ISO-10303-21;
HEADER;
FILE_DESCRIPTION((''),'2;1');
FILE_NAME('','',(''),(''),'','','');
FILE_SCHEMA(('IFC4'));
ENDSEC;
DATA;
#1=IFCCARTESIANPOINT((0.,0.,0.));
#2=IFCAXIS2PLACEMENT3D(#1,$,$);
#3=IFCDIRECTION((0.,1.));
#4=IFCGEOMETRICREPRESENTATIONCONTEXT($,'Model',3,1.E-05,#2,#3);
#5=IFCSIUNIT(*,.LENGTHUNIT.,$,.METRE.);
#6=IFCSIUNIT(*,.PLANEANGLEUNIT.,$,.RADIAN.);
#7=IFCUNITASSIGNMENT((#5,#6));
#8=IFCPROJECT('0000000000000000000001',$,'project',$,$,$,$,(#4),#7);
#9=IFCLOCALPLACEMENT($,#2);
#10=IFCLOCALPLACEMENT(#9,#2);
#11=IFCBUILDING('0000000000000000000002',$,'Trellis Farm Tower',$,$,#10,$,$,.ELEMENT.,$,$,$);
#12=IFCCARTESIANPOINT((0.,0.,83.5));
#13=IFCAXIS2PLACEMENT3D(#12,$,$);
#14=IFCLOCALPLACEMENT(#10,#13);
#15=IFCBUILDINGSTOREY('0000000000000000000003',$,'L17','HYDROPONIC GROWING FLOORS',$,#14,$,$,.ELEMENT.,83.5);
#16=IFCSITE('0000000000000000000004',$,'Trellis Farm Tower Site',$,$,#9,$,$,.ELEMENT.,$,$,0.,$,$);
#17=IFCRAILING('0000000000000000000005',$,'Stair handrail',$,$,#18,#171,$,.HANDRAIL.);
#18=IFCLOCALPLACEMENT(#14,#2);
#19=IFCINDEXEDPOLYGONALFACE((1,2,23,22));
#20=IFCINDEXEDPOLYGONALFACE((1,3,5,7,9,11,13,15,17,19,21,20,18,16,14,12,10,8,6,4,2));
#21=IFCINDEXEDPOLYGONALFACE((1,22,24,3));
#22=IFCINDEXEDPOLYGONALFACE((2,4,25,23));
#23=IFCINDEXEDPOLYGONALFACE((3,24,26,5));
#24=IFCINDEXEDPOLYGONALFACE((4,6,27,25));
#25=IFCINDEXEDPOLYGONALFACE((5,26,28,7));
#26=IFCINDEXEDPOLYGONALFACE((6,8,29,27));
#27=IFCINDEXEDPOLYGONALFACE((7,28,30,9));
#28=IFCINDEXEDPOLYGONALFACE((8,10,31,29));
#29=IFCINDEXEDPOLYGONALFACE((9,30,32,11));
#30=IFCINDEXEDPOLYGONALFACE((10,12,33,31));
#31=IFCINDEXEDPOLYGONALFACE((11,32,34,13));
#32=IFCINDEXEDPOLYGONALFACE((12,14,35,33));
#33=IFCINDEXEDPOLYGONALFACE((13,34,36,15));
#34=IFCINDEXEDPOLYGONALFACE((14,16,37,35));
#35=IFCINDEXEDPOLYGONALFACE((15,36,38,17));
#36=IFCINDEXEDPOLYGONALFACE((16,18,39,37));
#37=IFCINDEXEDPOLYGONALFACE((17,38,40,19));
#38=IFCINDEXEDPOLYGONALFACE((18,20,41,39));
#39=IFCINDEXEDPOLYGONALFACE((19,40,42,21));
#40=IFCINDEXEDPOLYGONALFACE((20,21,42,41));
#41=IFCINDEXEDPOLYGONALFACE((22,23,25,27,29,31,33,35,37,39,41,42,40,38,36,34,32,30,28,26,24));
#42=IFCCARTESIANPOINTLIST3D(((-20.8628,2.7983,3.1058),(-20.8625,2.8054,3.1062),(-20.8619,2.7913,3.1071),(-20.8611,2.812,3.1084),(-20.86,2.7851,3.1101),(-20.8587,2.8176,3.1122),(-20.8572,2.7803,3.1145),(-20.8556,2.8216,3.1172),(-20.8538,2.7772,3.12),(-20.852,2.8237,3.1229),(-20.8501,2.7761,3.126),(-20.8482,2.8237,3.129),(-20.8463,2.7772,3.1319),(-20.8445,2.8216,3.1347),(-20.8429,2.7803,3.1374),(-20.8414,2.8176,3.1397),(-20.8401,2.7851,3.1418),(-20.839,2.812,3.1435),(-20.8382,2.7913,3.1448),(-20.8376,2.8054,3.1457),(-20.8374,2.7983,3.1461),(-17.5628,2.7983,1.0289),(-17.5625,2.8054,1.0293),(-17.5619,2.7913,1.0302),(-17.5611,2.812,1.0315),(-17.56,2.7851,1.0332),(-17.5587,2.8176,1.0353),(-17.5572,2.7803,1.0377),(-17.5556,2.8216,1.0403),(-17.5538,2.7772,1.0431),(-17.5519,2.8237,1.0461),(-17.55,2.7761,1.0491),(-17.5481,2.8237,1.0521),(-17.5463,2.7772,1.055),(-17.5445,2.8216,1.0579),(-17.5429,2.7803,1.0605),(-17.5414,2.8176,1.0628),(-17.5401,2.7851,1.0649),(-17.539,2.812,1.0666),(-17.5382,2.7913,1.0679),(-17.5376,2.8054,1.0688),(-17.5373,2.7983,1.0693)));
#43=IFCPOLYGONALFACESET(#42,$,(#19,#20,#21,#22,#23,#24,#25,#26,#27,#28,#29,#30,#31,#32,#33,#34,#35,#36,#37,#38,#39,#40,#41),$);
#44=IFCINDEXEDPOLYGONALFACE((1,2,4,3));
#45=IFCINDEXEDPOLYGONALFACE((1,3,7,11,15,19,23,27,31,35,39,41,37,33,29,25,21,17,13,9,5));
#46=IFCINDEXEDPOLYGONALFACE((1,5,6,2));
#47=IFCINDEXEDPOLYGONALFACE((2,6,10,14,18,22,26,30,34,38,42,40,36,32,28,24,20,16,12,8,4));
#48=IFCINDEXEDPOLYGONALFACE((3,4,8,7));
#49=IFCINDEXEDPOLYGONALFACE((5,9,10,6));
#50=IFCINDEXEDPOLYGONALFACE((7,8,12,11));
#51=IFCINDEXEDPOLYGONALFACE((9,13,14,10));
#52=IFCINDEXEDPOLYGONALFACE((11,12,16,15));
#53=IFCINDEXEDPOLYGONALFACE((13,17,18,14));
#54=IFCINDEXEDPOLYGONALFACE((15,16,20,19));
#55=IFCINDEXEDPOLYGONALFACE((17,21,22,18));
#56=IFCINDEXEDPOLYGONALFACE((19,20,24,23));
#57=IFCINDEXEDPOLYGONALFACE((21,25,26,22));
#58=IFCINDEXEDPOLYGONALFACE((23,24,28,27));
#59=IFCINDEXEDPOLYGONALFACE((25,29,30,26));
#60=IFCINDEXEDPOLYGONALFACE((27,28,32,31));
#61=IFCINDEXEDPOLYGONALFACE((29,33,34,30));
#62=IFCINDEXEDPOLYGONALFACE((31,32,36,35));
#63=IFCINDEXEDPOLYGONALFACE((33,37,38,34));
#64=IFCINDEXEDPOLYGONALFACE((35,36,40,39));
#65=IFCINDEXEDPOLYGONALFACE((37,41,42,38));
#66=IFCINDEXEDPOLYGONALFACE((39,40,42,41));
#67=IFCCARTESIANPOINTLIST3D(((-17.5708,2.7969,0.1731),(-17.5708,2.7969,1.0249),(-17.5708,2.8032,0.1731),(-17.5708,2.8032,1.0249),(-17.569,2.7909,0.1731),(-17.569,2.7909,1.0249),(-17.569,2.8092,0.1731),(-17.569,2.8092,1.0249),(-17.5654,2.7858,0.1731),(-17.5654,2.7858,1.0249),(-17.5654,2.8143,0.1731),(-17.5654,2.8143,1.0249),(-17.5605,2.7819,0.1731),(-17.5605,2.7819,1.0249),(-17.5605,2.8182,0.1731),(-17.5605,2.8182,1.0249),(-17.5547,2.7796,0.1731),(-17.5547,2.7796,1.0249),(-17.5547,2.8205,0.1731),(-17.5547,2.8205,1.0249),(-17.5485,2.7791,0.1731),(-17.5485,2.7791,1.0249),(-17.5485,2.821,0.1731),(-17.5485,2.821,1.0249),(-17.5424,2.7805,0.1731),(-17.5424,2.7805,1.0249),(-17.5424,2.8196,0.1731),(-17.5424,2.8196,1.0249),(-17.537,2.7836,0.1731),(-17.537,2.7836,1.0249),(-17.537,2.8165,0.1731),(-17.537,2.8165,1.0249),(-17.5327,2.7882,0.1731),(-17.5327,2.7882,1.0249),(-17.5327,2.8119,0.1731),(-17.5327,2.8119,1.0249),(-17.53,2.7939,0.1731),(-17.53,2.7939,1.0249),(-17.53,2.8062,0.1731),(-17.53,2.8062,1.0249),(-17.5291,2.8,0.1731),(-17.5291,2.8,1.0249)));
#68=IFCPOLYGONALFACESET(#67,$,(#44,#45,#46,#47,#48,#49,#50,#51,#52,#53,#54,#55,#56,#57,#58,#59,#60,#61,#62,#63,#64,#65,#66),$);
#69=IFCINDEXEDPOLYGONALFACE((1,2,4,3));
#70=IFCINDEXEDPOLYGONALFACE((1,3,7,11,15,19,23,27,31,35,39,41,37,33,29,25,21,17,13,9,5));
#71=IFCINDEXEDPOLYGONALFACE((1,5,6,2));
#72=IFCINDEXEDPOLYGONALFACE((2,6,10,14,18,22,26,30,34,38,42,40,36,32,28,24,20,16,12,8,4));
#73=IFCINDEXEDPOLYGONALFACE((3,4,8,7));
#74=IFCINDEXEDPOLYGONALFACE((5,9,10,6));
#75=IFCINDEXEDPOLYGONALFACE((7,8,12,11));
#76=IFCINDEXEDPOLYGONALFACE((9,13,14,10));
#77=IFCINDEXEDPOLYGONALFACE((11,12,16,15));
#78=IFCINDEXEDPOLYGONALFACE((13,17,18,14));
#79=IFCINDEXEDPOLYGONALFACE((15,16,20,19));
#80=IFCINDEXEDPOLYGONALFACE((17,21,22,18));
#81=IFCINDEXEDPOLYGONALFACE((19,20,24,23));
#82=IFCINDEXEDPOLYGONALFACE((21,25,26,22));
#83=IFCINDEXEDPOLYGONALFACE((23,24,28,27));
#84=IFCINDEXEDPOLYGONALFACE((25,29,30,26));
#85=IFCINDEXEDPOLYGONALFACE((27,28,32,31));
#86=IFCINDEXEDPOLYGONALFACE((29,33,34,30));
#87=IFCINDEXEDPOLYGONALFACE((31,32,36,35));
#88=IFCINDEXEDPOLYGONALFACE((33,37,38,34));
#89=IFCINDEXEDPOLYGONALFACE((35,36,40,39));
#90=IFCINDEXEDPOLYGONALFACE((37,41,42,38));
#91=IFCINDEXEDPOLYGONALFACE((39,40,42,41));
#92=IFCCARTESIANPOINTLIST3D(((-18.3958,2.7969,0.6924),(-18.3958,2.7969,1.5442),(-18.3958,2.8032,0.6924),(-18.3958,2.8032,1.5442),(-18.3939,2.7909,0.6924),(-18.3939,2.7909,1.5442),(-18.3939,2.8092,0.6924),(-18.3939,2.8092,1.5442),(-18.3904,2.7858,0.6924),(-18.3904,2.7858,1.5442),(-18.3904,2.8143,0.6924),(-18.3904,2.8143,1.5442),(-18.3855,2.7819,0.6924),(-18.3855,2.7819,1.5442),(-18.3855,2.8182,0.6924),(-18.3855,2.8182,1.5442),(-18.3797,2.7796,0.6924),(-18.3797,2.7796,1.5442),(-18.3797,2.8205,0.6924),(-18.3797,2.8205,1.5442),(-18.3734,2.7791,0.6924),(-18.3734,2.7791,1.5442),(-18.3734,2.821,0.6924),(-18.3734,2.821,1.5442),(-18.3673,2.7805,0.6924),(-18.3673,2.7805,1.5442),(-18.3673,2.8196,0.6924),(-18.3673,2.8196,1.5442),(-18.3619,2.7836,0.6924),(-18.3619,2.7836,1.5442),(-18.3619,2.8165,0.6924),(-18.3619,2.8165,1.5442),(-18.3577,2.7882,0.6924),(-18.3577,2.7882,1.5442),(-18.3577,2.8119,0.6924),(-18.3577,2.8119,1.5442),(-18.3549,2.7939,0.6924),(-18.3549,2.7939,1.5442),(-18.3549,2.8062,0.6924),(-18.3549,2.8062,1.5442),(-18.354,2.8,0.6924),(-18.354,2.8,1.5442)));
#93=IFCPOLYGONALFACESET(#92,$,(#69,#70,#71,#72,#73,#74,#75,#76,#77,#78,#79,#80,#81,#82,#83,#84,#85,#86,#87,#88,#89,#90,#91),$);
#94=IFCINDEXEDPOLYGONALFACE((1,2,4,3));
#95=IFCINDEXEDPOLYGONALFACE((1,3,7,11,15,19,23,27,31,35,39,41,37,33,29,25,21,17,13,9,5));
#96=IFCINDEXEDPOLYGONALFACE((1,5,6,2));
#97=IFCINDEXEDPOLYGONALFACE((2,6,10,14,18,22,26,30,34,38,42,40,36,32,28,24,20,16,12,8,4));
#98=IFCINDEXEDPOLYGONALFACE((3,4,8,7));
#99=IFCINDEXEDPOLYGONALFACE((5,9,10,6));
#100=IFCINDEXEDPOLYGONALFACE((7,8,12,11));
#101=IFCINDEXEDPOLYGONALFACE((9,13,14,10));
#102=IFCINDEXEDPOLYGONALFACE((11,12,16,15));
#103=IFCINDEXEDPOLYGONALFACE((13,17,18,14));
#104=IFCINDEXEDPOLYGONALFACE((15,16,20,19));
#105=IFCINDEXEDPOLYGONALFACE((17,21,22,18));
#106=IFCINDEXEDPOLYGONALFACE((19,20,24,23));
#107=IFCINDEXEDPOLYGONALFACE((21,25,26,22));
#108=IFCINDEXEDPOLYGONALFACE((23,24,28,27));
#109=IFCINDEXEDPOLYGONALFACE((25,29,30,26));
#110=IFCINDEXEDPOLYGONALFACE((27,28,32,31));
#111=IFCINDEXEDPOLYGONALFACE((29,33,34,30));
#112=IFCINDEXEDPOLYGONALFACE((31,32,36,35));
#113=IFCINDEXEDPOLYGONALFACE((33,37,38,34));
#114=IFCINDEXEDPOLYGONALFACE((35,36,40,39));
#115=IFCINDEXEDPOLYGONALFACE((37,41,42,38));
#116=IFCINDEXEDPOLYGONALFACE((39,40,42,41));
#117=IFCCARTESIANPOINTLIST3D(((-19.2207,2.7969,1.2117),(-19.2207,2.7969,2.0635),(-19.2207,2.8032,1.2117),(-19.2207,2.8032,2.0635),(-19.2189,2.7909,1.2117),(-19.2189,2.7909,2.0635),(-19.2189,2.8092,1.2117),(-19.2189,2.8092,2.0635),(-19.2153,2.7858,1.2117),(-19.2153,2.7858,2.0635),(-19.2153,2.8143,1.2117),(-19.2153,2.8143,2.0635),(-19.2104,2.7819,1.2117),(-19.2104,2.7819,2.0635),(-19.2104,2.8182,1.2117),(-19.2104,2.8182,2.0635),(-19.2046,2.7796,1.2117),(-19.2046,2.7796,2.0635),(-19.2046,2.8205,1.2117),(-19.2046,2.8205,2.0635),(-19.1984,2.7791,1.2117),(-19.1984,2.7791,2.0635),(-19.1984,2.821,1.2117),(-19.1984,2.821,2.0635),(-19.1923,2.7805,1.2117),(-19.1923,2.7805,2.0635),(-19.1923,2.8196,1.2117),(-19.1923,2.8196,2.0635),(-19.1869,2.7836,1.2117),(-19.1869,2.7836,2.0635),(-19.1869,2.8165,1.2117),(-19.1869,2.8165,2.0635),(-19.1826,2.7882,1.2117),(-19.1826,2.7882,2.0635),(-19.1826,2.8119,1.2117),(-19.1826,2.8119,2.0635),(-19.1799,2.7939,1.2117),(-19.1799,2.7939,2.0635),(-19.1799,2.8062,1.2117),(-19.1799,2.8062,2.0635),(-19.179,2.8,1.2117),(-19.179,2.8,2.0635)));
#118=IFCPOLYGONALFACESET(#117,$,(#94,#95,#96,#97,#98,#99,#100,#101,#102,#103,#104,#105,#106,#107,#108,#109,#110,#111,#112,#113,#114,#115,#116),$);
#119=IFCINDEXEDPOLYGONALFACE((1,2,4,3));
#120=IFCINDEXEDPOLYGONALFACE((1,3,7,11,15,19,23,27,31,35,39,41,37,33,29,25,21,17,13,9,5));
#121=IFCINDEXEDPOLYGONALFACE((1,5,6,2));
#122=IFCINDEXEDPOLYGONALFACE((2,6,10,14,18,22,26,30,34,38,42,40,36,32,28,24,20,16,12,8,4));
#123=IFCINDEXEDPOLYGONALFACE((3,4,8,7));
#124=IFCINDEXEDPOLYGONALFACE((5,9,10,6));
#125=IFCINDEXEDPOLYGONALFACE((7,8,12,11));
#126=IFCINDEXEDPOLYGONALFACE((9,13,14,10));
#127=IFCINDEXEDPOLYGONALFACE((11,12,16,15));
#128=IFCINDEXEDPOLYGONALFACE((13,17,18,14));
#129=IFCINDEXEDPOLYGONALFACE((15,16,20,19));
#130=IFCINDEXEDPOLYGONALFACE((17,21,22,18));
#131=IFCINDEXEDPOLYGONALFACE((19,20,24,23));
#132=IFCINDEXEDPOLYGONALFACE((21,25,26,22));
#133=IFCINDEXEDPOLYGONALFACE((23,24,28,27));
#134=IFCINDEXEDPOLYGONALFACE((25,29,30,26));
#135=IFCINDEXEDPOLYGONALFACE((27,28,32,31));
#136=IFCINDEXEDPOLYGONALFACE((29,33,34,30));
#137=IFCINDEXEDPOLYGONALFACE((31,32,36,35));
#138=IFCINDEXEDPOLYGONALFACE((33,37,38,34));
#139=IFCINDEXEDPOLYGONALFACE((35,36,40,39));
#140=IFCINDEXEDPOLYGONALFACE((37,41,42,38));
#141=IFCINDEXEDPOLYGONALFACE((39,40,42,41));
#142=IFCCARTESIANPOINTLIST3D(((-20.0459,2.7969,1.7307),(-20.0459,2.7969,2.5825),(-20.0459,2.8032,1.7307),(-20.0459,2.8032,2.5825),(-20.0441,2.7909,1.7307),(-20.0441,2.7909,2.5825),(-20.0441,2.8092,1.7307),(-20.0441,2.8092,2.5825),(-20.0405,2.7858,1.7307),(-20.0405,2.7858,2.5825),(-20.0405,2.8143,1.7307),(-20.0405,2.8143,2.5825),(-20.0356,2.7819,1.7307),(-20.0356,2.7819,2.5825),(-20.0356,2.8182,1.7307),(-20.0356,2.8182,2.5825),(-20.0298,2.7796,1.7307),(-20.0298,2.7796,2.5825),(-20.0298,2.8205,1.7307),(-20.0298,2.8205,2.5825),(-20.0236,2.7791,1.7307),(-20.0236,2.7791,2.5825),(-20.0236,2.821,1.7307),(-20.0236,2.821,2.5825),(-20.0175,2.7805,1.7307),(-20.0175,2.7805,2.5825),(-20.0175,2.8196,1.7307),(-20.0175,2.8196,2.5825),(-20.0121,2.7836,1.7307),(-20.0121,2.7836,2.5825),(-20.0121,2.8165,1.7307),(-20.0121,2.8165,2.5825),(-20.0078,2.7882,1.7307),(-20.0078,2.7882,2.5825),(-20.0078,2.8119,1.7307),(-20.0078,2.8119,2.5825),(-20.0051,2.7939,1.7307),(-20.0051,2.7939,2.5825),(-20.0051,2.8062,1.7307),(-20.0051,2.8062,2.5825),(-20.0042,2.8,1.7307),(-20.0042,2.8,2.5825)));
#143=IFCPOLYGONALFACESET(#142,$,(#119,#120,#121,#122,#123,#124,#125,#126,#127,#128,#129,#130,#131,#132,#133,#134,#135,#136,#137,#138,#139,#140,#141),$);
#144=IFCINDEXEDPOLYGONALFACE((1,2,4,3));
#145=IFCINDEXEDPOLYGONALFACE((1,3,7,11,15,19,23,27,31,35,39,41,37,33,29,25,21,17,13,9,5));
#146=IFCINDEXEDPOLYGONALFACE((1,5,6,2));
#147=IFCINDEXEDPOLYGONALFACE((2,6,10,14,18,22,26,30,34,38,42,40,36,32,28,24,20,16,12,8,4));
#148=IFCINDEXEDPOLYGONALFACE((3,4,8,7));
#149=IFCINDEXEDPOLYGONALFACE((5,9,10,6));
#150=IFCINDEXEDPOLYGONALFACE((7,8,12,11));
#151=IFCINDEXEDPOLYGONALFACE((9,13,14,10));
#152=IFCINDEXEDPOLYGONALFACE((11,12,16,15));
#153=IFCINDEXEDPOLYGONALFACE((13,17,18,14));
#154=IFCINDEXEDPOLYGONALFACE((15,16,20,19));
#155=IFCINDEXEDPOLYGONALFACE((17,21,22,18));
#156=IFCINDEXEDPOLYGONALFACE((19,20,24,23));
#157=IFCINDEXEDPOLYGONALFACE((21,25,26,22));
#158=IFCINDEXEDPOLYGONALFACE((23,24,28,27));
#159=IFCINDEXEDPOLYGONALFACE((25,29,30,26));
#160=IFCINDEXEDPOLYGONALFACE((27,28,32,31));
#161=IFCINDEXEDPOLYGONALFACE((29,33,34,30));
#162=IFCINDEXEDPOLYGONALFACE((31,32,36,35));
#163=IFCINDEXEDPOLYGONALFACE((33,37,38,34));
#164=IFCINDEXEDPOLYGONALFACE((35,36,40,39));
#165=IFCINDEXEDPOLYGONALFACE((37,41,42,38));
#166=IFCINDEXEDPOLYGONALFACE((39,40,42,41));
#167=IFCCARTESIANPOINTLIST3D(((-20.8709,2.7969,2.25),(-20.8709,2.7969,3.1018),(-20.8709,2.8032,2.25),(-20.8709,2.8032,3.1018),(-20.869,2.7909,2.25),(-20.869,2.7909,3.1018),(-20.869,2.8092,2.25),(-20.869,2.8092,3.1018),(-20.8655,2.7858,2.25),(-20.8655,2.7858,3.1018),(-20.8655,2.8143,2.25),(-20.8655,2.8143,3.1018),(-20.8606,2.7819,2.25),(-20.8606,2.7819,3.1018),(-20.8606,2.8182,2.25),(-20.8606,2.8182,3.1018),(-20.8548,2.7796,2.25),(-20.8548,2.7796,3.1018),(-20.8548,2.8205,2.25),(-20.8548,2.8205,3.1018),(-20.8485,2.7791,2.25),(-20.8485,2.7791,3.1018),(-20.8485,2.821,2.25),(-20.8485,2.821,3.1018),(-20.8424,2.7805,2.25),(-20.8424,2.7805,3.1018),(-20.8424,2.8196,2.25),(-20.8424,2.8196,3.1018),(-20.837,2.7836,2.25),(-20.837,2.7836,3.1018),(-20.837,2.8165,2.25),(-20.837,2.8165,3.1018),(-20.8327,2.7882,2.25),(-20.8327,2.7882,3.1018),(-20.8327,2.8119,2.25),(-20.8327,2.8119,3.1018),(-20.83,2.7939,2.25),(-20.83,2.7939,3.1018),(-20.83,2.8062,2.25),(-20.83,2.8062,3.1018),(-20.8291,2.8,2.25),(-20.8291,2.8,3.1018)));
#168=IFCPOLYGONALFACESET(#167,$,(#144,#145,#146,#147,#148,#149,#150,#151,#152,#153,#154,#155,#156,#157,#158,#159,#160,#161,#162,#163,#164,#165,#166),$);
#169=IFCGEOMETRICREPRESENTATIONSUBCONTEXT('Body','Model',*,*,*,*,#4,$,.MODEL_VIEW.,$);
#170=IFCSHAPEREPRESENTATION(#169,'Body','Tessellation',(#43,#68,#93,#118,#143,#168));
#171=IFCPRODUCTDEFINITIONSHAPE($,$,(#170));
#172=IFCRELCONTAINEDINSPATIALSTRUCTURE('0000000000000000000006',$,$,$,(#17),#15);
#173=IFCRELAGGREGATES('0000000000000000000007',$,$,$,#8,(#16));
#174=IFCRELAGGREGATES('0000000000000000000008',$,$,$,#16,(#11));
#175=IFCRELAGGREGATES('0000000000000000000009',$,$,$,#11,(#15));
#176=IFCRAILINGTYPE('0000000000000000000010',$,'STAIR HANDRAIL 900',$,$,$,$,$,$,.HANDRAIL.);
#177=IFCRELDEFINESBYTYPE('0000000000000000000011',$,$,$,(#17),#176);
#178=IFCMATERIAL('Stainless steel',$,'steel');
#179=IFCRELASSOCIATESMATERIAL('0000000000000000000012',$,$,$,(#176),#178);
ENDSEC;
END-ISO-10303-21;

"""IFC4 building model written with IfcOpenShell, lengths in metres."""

from ifc_helpers import new_model, si_unit, direction, frame, origin, origin_2d, place, context, subcontext, project, spatial, circle, extrude, source, transform, mapped, material, type_object, element, save


model = new_model("IFC4")

# Units and contexts
model_context = context("Model", 3, precision=1e-05, world=origin(), true_north=direction((0.0, 1.0)))
body_context = subcontext(model_context, "Body", "Model", "MODEL_VIEW")
ifc_project = project(units=[si_unit("LENGTHUNIT", "METRE"), si_unit("PLANEANGLEUNIT", "RADIAN")], contexts=[model_context])

# Site, building, storey
site_placement = place(None, origin())
site = spatial("IfcSite", under=ifc_project, at=site_placement, Name="Trellis Farm Tower Site", CompositionType="ELEMENT", RefElevation=0.0)
building_placement = place(site_placement, origin())
building = spatial("IfcBuilding", under=site, at=building_placement, Name="Trellis Farm Tower", CompositionType="ELEMENT")
storey_placement = place(building_placement, frame((0.0, 0.0, 83.5)))
storey = spatial("IfcBuildingStorey", under=building, at=storey_placement, Name="L17", Description="HYDROPONIC GROWING FLOORS", CompositionType="ELEMENT", Elevation=83.5)

# Railing
ifc_material_1 = material(Name="Stainless steel", Category="steel")
railing_type = type_object("IfcRailingType", Name="STAIR HANDRAIL 900", PredefinedType="HANDRAIL", material=ifc_material_1)
shared_shape_1 = source(origin(), body_context, "Body", "SweptSolid", [
    extrude(circle(Radius=0.0239, at=origin_2d()), frame((0.0, 0.0, 0.876), z_axis=(-0.846337, 0.0, 0.532647), x_axis=(0.0, -1.0, 0.0)), (0.0, 0.0, 1.0), 3.8992),
    extrude(circle(Radius=0.021, at=origin_2d()), origin(), (0.0, 0.0, 1.0), 0.8518),
    extrude(circle(Radius=0.021, at=origin_2d()), frame((-0.825, 0.0, 0.5193)), (0.0, 0.0, 1.0), 0.8518),
    extrude(circle(Radius=0.021, at=origin_2d()), frame((-1.6499, 0.0, 1.0386)), (0.0, 0.0, 1.0), 0.8518),
    extrude(circle(Radius=0.021, at=origin_2d()), frame((-2.4751, 0.0, 1.5576)), (0.0, 0.0, 1.0), 0.8518),
    extrude(circle(Radius=0.021, at=origin_2d()), frame((-3.3, 0.0, 2.0769)), (0.0, 0.0, 1.0), 0.8518),
])
for number, where, name in (
    (1, (-17.55, 2.8, 0.1731), "Stair handrail"),
):
    element("IfcRailing", number, at=place(storey_placement, frame(where)), inside=storey, type_object=railing_type, Name=name, PredefinedType="HANDRAIL", context=body_context, shape_type="MappedRepresentation", body=[
        mapped(shared_shape_1, transform((0.0, 0.0, 0.0))),
    ])

save(model, "model.ifc")
